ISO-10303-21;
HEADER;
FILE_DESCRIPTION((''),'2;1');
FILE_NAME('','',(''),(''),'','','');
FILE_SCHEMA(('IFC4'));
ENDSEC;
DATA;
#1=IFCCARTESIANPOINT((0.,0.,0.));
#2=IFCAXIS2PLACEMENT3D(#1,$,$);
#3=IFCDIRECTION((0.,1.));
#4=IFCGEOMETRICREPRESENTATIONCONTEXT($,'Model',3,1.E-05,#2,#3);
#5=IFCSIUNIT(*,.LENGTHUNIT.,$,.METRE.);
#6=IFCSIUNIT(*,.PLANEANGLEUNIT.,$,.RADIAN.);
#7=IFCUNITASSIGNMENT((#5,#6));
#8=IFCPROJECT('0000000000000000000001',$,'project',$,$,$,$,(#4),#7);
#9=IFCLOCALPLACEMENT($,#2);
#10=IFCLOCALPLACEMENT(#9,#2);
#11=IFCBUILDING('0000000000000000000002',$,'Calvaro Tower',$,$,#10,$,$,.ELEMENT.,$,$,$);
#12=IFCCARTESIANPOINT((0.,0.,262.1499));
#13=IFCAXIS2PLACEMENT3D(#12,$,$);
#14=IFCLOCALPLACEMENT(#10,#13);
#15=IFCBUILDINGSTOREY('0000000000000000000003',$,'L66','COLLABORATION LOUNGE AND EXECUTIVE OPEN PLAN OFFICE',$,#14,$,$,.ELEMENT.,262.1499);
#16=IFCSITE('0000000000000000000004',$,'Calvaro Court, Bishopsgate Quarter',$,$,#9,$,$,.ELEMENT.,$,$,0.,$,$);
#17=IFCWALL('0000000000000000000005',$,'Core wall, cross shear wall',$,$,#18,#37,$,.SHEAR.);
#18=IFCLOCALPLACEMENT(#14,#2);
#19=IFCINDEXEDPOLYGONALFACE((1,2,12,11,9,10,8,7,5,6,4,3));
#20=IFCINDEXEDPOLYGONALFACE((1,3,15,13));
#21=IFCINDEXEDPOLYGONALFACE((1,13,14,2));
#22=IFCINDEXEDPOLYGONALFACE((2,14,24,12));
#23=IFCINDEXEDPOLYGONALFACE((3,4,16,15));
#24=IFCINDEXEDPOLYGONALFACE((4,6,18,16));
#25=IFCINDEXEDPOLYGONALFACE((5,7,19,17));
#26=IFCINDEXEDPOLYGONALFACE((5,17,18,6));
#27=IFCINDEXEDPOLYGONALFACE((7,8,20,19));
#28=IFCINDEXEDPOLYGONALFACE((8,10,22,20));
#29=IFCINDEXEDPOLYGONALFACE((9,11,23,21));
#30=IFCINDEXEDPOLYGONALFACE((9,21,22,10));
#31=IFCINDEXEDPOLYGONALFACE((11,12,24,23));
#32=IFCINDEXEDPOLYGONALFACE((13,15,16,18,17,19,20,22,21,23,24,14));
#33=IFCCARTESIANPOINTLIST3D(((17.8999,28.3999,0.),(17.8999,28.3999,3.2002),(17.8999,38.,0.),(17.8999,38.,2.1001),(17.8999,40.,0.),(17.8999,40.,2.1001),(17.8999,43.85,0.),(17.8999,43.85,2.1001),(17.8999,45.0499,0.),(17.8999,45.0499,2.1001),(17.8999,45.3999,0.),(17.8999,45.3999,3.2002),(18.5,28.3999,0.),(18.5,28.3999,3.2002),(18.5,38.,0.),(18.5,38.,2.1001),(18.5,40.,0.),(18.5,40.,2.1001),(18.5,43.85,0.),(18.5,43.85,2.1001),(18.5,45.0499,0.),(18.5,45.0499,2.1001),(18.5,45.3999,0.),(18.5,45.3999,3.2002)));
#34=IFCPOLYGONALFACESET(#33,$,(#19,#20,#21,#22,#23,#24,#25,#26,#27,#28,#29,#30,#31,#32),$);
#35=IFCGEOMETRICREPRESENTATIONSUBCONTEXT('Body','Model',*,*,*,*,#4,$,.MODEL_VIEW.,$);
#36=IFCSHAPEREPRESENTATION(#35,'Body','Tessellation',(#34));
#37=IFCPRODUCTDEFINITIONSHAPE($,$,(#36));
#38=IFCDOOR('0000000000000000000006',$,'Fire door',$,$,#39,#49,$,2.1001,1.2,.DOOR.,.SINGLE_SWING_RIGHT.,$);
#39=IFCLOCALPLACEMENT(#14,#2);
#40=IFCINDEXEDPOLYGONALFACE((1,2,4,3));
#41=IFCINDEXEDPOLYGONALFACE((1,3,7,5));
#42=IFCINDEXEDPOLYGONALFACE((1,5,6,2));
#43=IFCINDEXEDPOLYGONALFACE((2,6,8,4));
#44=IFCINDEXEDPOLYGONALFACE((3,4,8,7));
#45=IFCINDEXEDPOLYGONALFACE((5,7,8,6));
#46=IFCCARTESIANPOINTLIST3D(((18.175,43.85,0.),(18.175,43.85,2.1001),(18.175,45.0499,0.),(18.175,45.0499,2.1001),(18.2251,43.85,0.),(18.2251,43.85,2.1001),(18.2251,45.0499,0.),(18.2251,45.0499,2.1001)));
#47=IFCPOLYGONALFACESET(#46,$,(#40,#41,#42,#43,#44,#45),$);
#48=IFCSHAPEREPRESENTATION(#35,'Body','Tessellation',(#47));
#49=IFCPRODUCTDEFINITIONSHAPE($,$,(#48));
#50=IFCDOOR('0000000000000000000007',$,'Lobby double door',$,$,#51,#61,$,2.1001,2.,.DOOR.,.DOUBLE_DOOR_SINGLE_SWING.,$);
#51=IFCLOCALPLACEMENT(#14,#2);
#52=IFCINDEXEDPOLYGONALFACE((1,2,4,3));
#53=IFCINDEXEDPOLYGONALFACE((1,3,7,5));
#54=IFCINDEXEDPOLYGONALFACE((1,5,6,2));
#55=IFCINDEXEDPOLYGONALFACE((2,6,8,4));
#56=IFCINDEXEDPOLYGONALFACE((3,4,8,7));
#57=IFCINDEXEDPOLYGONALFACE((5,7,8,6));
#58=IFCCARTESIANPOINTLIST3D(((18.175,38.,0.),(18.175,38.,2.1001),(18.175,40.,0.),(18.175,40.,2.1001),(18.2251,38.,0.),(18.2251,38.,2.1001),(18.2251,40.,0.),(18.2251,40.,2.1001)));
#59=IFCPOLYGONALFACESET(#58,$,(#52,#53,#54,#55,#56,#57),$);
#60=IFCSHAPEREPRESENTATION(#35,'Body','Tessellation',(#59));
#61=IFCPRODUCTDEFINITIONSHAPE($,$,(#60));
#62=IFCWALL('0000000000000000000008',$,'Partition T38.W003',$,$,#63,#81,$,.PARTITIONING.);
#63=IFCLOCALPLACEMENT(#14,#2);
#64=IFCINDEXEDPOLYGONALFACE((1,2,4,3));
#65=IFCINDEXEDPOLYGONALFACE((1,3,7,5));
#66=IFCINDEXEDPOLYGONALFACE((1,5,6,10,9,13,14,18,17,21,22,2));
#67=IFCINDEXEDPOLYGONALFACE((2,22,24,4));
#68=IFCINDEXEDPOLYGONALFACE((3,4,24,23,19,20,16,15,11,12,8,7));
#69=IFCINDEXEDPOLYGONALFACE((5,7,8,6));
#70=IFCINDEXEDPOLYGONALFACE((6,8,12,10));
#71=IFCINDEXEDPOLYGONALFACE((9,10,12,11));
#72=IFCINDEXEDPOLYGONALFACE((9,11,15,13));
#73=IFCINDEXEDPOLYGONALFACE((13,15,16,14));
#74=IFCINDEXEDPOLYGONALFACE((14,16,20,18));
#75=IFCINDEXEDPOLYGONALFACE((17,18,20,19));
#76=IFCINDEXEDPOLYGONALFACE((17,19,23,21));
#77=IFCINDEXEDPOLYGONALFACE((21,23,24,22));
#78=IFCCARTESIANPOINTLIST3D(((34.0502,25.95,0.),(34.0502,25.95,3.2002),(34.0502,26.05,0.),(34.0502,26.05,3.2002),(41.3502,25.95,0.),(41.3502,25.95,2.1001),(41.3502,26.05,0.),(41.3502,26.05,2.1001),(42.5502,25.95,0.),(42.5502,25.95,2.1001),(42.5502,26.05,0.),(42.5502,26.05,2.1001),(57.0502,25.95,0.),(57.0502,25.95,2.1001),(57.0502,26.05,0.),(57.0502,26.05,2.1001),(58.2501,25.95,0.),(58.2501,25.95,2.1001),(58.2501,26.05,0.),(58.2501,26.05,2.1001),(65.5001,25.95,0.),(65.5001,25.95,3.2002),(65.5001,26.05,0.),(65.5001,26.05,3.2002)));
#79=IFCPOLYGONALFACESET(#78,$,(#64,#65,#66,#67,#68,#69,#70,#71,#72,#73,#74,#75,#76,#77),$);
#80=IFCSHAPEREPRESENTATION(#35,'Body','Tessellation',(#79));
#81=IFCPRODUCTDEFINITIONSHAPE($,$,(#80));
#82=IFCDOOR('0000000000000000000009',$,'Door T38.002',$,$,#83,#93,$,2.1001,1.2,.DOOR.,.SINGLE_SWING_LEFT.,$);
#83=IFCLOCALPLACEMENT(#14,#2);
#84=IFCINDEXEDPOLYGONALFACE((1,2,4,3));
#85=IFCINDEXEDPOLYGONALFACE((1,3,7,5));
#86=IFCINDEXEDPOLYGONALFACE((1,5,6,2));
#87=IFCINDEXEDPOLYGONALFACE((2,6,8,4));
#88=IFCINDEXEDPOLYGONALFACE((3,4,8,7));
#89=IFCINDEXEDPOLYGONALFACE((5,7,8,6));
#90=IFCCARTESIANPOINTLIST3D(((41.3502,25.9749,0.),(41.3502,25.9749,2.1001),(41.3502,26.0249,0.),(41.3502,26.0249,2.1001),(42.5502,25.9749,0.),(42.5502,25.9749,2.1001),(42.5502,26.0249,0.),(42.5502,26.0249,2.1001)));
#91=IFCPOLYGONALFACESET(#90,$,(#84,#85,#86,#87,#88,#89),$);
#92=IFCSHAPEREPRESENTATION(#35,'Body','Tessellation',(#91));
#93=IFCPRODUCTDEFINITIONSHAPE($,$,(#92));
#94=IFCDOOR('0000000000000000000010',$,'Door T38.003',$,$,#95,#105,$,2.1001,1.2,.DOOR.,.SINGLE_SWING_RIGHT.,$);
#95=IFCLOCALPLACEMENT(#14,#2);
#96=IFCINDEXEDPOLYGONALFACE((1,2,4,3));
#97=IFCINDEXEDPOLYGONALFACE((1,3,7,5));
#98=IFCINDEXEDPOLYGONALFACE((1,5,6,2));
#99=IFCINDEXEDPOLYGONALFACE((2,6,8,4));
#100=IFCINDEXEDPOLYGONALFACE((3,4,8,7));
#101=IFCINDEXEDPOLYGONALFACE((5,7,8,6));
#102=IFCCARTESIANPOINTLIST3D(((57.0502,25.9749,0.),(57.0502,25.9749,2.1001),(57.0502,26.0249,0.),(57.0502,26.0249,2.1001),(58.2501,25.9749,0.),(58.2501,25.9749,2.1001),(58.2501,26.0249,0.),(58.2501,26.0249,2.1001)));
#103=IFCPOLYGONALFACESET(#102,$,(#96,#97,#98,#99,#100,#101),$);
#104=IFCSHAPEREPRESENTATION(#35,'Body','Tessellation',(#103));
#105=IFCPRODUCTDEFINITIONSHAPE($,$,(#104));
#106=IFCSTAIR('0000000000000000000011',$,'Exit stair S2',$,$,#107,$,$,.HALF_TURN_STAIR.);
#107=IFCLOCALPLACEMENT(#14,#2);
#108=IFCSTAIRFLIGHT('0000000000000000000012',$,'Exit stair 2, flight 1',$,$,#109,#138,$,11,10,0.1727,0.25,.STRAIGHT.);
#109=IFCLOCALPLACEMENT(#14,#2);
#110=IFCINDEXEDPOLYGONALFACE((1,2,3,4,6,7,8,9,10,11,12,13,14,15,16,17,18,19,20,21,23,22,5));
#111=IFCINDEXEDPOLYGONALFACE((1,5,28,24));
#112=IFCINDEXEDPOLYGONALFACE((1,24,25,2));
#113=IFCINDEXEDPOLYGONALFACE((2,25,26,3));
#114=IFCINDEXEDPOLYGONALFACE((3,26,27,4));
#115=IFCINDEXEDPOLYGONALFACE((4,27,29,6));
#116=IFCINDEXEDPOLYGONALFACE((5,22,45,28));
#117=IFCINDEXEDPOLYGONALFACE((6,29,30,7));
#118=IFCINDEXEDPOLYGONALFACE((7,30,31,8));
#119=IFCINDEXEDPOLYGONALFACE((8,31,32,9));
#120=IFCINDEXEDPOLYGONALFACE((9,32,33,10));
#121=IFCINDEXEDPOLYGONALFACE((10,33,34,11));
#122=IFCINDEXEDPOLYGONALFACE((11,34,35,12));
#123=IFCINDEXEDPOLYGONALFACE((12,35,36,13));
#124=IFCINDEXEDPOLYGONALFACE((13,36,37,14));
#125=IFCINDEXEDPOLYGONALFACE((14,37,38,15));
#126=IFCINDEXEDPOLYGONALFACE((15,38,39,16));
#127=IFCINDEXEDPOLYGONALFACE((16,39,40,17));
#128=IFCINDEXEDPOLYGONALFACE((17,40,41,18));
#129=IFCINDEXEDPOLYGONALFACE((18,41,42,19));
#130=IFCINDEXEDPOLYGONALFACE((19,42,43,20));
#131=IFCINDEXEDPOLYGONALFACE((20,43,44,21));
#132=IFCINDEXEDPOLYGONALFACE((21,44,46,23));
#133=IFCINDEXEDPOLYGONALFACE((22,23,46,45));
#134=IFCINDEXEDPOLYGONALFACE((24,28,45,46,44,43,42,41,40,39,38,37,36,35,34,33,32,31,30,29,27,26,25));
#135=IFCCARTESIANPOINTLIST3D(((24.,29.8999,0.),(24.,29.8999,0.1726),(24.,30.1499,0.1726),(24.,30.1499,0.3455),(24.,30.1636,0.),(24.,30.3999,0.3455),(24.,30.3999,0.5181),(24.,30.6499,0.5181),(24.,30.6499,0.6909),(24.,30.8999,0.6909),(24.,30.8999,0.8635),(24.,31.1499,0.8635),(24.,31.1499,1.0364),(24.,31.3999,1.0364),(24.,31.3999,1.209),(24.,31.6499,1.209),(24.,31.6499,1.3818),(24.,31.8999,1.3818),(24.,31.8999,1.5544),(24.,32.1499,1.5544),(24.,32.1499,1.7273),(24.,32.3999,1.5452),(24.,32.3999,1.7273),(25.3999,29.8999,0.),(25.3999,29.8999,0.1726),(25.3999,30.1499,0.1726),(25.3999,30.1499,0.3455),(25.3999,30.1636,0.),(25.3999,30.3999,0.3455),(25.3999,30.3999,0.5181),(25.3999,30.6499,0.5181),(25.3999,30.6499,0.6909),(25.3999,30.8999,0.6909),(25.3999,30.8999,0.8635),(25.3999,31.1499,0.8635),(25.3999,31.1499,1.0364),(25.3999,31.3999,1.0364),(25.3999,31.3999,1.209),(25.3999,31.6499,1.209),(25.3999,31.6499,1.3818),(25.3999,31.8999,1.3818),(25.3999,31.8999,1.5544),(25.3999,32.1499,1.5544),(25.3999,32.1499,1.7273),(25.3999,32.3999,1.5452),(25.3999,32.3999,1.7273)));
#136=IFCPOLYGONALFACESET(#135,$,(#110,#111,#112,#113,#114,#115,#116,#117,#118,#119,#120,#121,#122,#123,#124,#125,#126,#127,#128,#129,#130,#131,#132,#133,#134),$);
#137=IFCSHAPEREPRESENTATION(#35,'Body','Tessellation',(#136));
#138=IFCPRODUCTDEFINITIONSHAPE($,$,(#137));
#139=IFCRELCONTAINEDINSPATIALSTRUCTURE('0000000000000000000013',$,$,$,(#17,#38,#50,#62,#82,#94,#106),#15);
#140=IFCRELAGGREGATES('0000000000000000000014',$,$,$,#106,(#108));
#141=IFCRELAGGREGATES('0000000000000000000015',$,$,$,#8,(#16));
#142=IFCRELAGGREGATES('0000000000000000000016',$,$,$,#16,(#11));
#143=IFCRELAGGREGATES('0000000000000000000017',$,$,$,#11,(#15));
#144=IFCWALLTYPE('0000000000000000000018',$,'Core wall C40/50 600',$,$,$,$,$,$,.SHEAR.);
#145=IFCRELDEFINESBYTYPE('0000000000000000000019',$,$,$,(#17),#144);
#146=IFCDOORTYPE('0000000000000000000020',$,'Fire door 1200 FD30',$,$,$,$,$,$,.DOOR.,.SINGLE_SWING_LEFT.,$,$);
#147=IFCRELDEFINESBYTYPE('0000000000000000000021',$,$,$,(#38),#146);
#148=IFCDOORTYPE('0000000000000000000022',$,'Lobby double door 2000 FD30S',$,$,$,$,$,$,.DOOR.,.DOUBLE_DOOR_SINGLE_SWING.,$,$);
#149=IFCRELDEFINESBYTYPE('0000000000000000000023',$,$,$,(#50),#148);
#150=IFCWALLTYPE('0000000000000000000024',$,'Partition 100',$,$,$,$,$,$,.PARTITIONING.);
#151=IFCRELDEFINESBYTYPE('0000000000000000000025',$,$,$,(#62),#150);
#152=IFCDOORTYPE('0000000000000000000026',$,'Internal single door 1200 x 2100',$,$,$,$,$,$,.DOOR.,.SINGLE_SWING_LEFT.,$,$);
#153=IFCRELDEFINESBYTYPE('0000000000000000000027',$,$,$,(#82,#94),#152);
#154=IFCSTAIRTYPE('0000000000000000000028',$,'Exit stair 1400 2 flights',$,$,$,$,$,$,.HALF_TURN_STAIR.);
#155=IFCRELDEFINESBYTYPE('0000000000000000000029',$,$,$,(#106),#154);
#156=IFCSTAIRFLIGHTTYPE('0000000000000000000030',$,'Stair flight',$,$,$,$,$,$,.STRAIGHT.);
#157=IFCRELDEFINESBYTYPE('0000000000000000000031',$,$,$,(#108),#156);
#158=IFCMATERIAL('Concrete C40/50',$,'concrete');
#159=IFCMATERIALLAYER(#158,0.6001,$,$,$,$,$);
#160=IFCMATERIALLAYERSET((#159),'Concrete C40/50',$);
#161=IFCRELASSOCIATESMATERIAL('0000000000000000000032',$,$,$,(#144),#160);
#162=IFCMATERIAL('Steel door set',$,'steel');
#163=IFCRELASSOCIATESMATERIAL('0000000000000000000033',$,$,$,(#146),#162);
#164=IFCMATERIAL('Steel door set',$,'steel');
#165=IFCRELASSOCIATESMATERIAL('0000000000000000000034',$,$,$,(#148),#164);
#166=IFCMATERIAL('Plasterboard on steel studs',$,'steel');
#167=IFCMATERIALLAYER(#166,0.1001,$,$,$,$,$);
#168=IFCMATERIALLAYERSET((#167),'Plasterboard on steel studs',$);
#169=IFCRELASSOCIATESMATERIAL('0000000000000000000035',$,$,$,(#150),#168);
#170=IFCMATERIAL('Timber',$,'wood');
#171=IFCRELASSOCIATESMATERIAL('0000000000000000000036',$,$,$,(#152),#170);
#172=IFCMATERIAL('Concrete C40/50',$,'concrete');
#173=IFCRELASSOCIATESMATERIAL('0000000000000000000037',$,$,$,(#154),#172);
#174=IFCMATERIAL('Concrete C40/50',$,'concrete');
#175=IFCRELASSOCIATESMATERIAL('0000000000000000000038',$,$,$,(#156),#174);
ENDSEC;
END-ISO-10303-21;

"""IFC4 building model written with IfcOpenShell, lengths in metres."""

from ifc_helpers import new_model, si_unit, direction, frame, frame_2d, origin, place, context, subcontext, project, spatial, polyline, rectangle, outline, extrude, material, layer, layer_set, type_object, element, fill, aggregate, save


model = new_model("IFC4")

# Units and contexts
model_context = context("Model", 3, precision=1e-05, world=origin(), true_north=direction((0.0, 1.0)))
body_context = subcontext(model_context, "Body", "Model", "MODEL_VIEW")
ifc_project = project(units=[si_unit("LENGTHUNIT", "METRE"), si_unit("PLANEANGLEUNIT", "RADIAN")], contexts=[model_context])

# Site, building, storey
site_placement = place(None, origin())
site = spatial("IfcSite", under=ifc_project, at=site_placement, Name="Calvaro Court, Bishopsgate Quarter", CompositionType="ELEMENT", RefElevation=0.0)
building_placement = place(site_placement, origin())
building = spatial("IfcBuilding", under=site, at=building_placement, Name="Calvaro Tower", CompositionType="ELEMENT")
storey_placement = place(building_placement, frame((0.0, 0.0, 262.1499)))
storey = spatial("IfcBuildingStorey", under=building, at=storey_placement, Name="L66", Description="COLLABORATION LOUNGE AND EXECUTIVE OPEN PLAN OFFICE", CompositionType="ELEMENT", Elevation=262.1499)

# Walls, openings, doors
ifc_material_1 = material(Name="Concrete C40/50", Category="concrete")
ifc_layer_1 = layer(ifc_material_1, 0.6001)
ifc_layer_set_1 = layer_set([ifc_layer_1], Name="Concrete C40/50")
wall_type_1 = type_object("IfcWallType", Name="Core wall C40/50 600", PredefinedType="SHEAR", material=ifc_layer_set_1)
wall_1_placement = place(storey_placement, frame((18.2, 28.3999, 0.0), z_axis=(0.0, 0.0, 1.0), x_axis=(0.0, 1.0, 0.0)))
wall_1 = element("IfcWall", 1, at=wall_1_placement, inside=storey, type_object=wall_type_1, Name="Core wall, cross shear wall", PredefinedType="SHEAR", context=body_context, shape_type="SweptSolid", body=[
    extrude(rectangle(XDim=17.0, YDim=0.6001, at=frame_2d((8.5, 0.0))), origin(), (0.0, 0.0, 1.0), 3.2002),
])
opening_1_placement = place(wall_1_placement, frame((9.6001, 0.0, 0.0)))
opening_1 = element("IfcOpeningElement", 2, at=opening_1_placement, cuts=wall_1, PredefinedType="OPENING", context=body_context, shape_type="SweptSolid", body=[
    extrude(rectangle(XDim=2.0, YDim=2.1001, at=frame_2d((1.0, 1.05))), frame((0.0, 0.3101, 0.0), z_axis=(0.0, -1.0, 0.0), x_axis=(1.0, 0.0, 0.0)), (0.0, 0.0, 1.0), 0.6201),
])
opening_2_placement = place(wall_1_placement, frame((15.45, 0.0, 0.0)))
opening_2 = element("IfcOpeningElement", 3, at=opening_2_placement, cuts=wall_1, PredefinedType="OPENING", context=body_context, shape_type="SweptSolid", body=[
    extrude(rectangle(XDim=1.2, YDim=2.1001, at=frame_2d((0.6001, 1.05))), frame((0.0, 0.3101, 0.0), z_axis=(0.0, -1.0, 0.0), x_axis=(1.0, 0.0, 0.0)), (0.0, 0.0, 1.0), 0.6201),
])
ifc_material_2 = material(Name="Steel door set", Category="steel")
door_type_1 = type_object("IfcDoorType", Name="Fire door 1200 FD30", OperationType="SINGLE_SWING_LEFT", PredefinedType="DOOR", material=ifc_material_2)
door_1_placement = place(opening_2_placement, origin())
door_1 = element("IfcDoor", 4, at=door_1_placement, inside=storey, type_object=door_type_1, Name="Fire door", OperationType="SINGLE_SWING_RIGHT", OverallHeight=2.1001, OverallWidth=1.2, PredefinedType="DOOR", context=body_context, shape_type="SweptSolid", body=[
    extrude(rectangle(XDim=1.2, YDim=2.1001, at=frame_2d((0.6001, 1.05))), frame((0.0, 0.0249, 0.0), z_axis=(0.0, -1.0, 0.0), x_axis=(1.0, 0.0, 0.0)), (0.0, 0.0, 1.0), 0.05),
])
fill(opening_2, door_1)
ifc_material_3 = material(Name="Steel door set", Category="steel")
door_type_2 = type_object("IfcDoorType", Name="Lobby double door 2000 FD30S", OperationType="DOUBLE_DOOR_SINGLE_SWING", PredefinedType="DOOR", material=ifc_material_3)
door_2_placement = place(opening_1_placement, origin())
door_2 = element("IfcDoor", 5, at=door_2_placement, inside=storey, type_object=door_type_2, Name="Lobby double door", OperationType="DOUBLE_DOOR_SINGLE_SWING", OverallHeight=2.1001, OverallWidth=2.0, PredefinedType="DOOR", context=body_context, shape_type="SweptSolid", body=[
    extrude(rectangle(XDim=2.0, YDim=2.1001, at=frame_2d((1.0, 1.05))), frame((0.0, 0.0249, 0.0), z_axis=(0.0, -1.0, 0.0), x_axis=(1.0, 0.0, 0.0)), (0.0, 0.0, 1.0), 0.05),
])
fill(opening_1, door_2)
ifc_material_4 = material(Name="Plasterboard on steel studs", Category="steel")
ifc_layer_2 = layer(ifc_material_4, 0.1001)
ifc_layer_set_2 = layer_set([ifc_layer_2], Name="Plasterboard on steel studs")
wall_type_2 = type_object("IfcWallType", Name="Partition 100", PredefinedType="PARTITIONING", material=ifc_layer_set_2)
wall_2_placement = place(storey_placement, frame((34.05, 26.0, 0.0), z_axis=(0.0, 0.0, 1.0), x_axis=(1.0, 0.0, 0.0)))
wall_2 = element("IfcWall", 6, at=wall_2_placement, inside=storey, type_object=wall_type_2, Name="Partition T38.W003", PredefinedType="PARTITIONING", context=body_context, shape_type="SweptSolid", body=[
    extrude(rectangle(XDim=31.45, YDim=0.1001, at=frame_2d((15.7251, 0.0))), origin(), (0.0, 0.0, 1.0), 3.2002),
])
opening_3_placement = place(wall_2_placement, frame((7.3, 0.0, 0.0)))
opening_3 = element("IfcOpeningElement", 7, at=opening_3_placement, cuts=wall_2, PredefinedType="OPENING", context=body_context, shape_type="SweptSolid", body=[
    extrude(rectangle(XDim=1.2, YDim=2.1001, at=frame_2d((0.6001, 1.05))), frame((0.0, 0.0601, 0.0), z_axis=(0.0, -1.0, 0.0), x_axis=(1.0, 0.0, 0.0)), (0.0, 0.0, 1.0), 0.1201),
])
opening_4_placement = place(wall_2_placement, frame((23.0, 0.0, 0.0)))
opening_4 = element("IfcOpeningElement", 8, at=opening_4_placement, cuts=wall_2, PredefinedType="OPENING", context=body_context, shape_type="SweptSolid", body=[
    extrude(rectangle(XDim=1.2, YDim=2.1001, at=frame_2d((0.6001, 1.05))), frame((0.0, 0.0601, 0.0), z_axis=(0.0, -1.0, 0.0), x_axis=(1.0, 0.0, 0.0)), (0.0, 0.0, 1.0), 0.1201),
])
ifc_material_5 = material(Name="Timber", Category="wood")
door_type_3 = type_object("IfcDoorType", Name="Internal single door 1200 x 2100", OperationType="SINGLE_SWING_LEFT", PredefinedType="DOOR", material=ifc_material_5)
door_3_placement = place(opening_3_placement, origin())
door_3 = element("IfcDoor", 9, at=door_3_placement, inside=storey, type_object=door_type_3, Name="Door T38.002", OperationType="SINGLE_SWING_LEFT", OverallHeight=2.1001, OverallWidth=1.2, PredefinedType="DOOR", context=body_context, shape_type="SweptSolid", body=[
    extrude(rectangle(XDim=1.2, YDim=2.1001, at=frame_2d((0.6001, 1.05))), frame((0.0, 0.0249, 0.0), z_axis=(0.0, -1.0, 0.0), x_axis=(1.0, 0.0, 0.0)), (0.0, 0.0, 1.0), 0.05),
])
fill(opening_3, door_3)
door_4_placement = place(opening_4_placement, origin())
door_4 = element("IfcDoor", 10, at=door_4_placement, inside=storey, type_object=door_type_3, Name="Door T38.003", OperationType="SINGLE_SWING_RIGHT", OverallHeight=2.1001, OverallWidth=1.2, PredefinedType="DOOR", context=body_context, shape_type="SweptSolid", body=[
    extrude(rectangle(XDim=1.2, YDim=2.1001, at=frame_2d((0.6001, 1.05))), frame((0.0, 0.0249, 0.0), z_axis=(0.0, -1.0, 0.0), x_axis=(1.0, 0.0, 0.0)), (0.0, 0.0, 1.0), 0.05),
])
fill(opening_4, door_4)

# Stair, stair flight
ifc_material_6 = material(Name="Concrete C40/50", Category="concrete")
stair_type = type_object("IfcStairType", Name="Exit stair 1400 2 flights", PredefinedType="HALF_TURN_STAIR", material=ifc_material_6)
stair_1_placement = place(storey_placement, origin())
stair_1 = element("IfcStair", 11, at=stair_1_placement, inside=storey, type_object=stair_type, Name="Exit stair S2", PredefinedType="HALF_TURN_STAIR")
ifc_material_7 = material(Name="Concrete C40/50", Category="concrete")
stair_flight_type = type_object("IfcStairFlightType", Name="Stair flight", PredefinedType="STRAIGHT", material=ifc_material_7)
stair_flight_placement = place(storey_placement, frame((24.7, 29.8999, 0.0), z_axis=(0.0, 0.0, 1.0), x_axis=(0.0, 1.0, 0.0)))
stair_flight = element("IfcStairFlight", 12, at=stair_flight_placement, type_object=stair_flight_type, Name="Exit stair 2, flight 1", NumberOfRisers=11, NumberOfTreads=10, PredefinedType="STRAIGHT", RiserHeight=0.1727, TreadLength=0.25, context=body_context, shape_type="SweptSolid", body=[
    extrude(outline(polyline([(0.0, 0.0), (0.0, 0.1726), (0.25, 0.1726), (0.25, 0.3455), (0.5, 0.3455), (0.5, 0.5181), (0.75, 0.5181), (0.75, 0.6909), (1.0, 0.6909), (1.0, 0.8635), (1.25, 0.8635), (1.25, 1.0364), (1.5, 1.0364), (1.5, 1.209), (1.75, 1.209), (1.75, 1.3818), (2.0, 1.3818), (2.0, 1.5544), (2.25, 1.5544), (2.25, 1.7273), (2.5, 1.7273), (2.5, 1.8999), (2.5, 1.5452), (0.2637, 0.0), (0.0, 0.0)])), frame((0.0, 0.7, 0.0), z_axis=(0.0, -1.0, 0.0), x_axis=(1.0, 0.0, 0.0)), (0.0, 0.0, 1.0), 1.3999),
])

aggregate(stair_1, [stair_flight])

save(model, "model.ifc")
